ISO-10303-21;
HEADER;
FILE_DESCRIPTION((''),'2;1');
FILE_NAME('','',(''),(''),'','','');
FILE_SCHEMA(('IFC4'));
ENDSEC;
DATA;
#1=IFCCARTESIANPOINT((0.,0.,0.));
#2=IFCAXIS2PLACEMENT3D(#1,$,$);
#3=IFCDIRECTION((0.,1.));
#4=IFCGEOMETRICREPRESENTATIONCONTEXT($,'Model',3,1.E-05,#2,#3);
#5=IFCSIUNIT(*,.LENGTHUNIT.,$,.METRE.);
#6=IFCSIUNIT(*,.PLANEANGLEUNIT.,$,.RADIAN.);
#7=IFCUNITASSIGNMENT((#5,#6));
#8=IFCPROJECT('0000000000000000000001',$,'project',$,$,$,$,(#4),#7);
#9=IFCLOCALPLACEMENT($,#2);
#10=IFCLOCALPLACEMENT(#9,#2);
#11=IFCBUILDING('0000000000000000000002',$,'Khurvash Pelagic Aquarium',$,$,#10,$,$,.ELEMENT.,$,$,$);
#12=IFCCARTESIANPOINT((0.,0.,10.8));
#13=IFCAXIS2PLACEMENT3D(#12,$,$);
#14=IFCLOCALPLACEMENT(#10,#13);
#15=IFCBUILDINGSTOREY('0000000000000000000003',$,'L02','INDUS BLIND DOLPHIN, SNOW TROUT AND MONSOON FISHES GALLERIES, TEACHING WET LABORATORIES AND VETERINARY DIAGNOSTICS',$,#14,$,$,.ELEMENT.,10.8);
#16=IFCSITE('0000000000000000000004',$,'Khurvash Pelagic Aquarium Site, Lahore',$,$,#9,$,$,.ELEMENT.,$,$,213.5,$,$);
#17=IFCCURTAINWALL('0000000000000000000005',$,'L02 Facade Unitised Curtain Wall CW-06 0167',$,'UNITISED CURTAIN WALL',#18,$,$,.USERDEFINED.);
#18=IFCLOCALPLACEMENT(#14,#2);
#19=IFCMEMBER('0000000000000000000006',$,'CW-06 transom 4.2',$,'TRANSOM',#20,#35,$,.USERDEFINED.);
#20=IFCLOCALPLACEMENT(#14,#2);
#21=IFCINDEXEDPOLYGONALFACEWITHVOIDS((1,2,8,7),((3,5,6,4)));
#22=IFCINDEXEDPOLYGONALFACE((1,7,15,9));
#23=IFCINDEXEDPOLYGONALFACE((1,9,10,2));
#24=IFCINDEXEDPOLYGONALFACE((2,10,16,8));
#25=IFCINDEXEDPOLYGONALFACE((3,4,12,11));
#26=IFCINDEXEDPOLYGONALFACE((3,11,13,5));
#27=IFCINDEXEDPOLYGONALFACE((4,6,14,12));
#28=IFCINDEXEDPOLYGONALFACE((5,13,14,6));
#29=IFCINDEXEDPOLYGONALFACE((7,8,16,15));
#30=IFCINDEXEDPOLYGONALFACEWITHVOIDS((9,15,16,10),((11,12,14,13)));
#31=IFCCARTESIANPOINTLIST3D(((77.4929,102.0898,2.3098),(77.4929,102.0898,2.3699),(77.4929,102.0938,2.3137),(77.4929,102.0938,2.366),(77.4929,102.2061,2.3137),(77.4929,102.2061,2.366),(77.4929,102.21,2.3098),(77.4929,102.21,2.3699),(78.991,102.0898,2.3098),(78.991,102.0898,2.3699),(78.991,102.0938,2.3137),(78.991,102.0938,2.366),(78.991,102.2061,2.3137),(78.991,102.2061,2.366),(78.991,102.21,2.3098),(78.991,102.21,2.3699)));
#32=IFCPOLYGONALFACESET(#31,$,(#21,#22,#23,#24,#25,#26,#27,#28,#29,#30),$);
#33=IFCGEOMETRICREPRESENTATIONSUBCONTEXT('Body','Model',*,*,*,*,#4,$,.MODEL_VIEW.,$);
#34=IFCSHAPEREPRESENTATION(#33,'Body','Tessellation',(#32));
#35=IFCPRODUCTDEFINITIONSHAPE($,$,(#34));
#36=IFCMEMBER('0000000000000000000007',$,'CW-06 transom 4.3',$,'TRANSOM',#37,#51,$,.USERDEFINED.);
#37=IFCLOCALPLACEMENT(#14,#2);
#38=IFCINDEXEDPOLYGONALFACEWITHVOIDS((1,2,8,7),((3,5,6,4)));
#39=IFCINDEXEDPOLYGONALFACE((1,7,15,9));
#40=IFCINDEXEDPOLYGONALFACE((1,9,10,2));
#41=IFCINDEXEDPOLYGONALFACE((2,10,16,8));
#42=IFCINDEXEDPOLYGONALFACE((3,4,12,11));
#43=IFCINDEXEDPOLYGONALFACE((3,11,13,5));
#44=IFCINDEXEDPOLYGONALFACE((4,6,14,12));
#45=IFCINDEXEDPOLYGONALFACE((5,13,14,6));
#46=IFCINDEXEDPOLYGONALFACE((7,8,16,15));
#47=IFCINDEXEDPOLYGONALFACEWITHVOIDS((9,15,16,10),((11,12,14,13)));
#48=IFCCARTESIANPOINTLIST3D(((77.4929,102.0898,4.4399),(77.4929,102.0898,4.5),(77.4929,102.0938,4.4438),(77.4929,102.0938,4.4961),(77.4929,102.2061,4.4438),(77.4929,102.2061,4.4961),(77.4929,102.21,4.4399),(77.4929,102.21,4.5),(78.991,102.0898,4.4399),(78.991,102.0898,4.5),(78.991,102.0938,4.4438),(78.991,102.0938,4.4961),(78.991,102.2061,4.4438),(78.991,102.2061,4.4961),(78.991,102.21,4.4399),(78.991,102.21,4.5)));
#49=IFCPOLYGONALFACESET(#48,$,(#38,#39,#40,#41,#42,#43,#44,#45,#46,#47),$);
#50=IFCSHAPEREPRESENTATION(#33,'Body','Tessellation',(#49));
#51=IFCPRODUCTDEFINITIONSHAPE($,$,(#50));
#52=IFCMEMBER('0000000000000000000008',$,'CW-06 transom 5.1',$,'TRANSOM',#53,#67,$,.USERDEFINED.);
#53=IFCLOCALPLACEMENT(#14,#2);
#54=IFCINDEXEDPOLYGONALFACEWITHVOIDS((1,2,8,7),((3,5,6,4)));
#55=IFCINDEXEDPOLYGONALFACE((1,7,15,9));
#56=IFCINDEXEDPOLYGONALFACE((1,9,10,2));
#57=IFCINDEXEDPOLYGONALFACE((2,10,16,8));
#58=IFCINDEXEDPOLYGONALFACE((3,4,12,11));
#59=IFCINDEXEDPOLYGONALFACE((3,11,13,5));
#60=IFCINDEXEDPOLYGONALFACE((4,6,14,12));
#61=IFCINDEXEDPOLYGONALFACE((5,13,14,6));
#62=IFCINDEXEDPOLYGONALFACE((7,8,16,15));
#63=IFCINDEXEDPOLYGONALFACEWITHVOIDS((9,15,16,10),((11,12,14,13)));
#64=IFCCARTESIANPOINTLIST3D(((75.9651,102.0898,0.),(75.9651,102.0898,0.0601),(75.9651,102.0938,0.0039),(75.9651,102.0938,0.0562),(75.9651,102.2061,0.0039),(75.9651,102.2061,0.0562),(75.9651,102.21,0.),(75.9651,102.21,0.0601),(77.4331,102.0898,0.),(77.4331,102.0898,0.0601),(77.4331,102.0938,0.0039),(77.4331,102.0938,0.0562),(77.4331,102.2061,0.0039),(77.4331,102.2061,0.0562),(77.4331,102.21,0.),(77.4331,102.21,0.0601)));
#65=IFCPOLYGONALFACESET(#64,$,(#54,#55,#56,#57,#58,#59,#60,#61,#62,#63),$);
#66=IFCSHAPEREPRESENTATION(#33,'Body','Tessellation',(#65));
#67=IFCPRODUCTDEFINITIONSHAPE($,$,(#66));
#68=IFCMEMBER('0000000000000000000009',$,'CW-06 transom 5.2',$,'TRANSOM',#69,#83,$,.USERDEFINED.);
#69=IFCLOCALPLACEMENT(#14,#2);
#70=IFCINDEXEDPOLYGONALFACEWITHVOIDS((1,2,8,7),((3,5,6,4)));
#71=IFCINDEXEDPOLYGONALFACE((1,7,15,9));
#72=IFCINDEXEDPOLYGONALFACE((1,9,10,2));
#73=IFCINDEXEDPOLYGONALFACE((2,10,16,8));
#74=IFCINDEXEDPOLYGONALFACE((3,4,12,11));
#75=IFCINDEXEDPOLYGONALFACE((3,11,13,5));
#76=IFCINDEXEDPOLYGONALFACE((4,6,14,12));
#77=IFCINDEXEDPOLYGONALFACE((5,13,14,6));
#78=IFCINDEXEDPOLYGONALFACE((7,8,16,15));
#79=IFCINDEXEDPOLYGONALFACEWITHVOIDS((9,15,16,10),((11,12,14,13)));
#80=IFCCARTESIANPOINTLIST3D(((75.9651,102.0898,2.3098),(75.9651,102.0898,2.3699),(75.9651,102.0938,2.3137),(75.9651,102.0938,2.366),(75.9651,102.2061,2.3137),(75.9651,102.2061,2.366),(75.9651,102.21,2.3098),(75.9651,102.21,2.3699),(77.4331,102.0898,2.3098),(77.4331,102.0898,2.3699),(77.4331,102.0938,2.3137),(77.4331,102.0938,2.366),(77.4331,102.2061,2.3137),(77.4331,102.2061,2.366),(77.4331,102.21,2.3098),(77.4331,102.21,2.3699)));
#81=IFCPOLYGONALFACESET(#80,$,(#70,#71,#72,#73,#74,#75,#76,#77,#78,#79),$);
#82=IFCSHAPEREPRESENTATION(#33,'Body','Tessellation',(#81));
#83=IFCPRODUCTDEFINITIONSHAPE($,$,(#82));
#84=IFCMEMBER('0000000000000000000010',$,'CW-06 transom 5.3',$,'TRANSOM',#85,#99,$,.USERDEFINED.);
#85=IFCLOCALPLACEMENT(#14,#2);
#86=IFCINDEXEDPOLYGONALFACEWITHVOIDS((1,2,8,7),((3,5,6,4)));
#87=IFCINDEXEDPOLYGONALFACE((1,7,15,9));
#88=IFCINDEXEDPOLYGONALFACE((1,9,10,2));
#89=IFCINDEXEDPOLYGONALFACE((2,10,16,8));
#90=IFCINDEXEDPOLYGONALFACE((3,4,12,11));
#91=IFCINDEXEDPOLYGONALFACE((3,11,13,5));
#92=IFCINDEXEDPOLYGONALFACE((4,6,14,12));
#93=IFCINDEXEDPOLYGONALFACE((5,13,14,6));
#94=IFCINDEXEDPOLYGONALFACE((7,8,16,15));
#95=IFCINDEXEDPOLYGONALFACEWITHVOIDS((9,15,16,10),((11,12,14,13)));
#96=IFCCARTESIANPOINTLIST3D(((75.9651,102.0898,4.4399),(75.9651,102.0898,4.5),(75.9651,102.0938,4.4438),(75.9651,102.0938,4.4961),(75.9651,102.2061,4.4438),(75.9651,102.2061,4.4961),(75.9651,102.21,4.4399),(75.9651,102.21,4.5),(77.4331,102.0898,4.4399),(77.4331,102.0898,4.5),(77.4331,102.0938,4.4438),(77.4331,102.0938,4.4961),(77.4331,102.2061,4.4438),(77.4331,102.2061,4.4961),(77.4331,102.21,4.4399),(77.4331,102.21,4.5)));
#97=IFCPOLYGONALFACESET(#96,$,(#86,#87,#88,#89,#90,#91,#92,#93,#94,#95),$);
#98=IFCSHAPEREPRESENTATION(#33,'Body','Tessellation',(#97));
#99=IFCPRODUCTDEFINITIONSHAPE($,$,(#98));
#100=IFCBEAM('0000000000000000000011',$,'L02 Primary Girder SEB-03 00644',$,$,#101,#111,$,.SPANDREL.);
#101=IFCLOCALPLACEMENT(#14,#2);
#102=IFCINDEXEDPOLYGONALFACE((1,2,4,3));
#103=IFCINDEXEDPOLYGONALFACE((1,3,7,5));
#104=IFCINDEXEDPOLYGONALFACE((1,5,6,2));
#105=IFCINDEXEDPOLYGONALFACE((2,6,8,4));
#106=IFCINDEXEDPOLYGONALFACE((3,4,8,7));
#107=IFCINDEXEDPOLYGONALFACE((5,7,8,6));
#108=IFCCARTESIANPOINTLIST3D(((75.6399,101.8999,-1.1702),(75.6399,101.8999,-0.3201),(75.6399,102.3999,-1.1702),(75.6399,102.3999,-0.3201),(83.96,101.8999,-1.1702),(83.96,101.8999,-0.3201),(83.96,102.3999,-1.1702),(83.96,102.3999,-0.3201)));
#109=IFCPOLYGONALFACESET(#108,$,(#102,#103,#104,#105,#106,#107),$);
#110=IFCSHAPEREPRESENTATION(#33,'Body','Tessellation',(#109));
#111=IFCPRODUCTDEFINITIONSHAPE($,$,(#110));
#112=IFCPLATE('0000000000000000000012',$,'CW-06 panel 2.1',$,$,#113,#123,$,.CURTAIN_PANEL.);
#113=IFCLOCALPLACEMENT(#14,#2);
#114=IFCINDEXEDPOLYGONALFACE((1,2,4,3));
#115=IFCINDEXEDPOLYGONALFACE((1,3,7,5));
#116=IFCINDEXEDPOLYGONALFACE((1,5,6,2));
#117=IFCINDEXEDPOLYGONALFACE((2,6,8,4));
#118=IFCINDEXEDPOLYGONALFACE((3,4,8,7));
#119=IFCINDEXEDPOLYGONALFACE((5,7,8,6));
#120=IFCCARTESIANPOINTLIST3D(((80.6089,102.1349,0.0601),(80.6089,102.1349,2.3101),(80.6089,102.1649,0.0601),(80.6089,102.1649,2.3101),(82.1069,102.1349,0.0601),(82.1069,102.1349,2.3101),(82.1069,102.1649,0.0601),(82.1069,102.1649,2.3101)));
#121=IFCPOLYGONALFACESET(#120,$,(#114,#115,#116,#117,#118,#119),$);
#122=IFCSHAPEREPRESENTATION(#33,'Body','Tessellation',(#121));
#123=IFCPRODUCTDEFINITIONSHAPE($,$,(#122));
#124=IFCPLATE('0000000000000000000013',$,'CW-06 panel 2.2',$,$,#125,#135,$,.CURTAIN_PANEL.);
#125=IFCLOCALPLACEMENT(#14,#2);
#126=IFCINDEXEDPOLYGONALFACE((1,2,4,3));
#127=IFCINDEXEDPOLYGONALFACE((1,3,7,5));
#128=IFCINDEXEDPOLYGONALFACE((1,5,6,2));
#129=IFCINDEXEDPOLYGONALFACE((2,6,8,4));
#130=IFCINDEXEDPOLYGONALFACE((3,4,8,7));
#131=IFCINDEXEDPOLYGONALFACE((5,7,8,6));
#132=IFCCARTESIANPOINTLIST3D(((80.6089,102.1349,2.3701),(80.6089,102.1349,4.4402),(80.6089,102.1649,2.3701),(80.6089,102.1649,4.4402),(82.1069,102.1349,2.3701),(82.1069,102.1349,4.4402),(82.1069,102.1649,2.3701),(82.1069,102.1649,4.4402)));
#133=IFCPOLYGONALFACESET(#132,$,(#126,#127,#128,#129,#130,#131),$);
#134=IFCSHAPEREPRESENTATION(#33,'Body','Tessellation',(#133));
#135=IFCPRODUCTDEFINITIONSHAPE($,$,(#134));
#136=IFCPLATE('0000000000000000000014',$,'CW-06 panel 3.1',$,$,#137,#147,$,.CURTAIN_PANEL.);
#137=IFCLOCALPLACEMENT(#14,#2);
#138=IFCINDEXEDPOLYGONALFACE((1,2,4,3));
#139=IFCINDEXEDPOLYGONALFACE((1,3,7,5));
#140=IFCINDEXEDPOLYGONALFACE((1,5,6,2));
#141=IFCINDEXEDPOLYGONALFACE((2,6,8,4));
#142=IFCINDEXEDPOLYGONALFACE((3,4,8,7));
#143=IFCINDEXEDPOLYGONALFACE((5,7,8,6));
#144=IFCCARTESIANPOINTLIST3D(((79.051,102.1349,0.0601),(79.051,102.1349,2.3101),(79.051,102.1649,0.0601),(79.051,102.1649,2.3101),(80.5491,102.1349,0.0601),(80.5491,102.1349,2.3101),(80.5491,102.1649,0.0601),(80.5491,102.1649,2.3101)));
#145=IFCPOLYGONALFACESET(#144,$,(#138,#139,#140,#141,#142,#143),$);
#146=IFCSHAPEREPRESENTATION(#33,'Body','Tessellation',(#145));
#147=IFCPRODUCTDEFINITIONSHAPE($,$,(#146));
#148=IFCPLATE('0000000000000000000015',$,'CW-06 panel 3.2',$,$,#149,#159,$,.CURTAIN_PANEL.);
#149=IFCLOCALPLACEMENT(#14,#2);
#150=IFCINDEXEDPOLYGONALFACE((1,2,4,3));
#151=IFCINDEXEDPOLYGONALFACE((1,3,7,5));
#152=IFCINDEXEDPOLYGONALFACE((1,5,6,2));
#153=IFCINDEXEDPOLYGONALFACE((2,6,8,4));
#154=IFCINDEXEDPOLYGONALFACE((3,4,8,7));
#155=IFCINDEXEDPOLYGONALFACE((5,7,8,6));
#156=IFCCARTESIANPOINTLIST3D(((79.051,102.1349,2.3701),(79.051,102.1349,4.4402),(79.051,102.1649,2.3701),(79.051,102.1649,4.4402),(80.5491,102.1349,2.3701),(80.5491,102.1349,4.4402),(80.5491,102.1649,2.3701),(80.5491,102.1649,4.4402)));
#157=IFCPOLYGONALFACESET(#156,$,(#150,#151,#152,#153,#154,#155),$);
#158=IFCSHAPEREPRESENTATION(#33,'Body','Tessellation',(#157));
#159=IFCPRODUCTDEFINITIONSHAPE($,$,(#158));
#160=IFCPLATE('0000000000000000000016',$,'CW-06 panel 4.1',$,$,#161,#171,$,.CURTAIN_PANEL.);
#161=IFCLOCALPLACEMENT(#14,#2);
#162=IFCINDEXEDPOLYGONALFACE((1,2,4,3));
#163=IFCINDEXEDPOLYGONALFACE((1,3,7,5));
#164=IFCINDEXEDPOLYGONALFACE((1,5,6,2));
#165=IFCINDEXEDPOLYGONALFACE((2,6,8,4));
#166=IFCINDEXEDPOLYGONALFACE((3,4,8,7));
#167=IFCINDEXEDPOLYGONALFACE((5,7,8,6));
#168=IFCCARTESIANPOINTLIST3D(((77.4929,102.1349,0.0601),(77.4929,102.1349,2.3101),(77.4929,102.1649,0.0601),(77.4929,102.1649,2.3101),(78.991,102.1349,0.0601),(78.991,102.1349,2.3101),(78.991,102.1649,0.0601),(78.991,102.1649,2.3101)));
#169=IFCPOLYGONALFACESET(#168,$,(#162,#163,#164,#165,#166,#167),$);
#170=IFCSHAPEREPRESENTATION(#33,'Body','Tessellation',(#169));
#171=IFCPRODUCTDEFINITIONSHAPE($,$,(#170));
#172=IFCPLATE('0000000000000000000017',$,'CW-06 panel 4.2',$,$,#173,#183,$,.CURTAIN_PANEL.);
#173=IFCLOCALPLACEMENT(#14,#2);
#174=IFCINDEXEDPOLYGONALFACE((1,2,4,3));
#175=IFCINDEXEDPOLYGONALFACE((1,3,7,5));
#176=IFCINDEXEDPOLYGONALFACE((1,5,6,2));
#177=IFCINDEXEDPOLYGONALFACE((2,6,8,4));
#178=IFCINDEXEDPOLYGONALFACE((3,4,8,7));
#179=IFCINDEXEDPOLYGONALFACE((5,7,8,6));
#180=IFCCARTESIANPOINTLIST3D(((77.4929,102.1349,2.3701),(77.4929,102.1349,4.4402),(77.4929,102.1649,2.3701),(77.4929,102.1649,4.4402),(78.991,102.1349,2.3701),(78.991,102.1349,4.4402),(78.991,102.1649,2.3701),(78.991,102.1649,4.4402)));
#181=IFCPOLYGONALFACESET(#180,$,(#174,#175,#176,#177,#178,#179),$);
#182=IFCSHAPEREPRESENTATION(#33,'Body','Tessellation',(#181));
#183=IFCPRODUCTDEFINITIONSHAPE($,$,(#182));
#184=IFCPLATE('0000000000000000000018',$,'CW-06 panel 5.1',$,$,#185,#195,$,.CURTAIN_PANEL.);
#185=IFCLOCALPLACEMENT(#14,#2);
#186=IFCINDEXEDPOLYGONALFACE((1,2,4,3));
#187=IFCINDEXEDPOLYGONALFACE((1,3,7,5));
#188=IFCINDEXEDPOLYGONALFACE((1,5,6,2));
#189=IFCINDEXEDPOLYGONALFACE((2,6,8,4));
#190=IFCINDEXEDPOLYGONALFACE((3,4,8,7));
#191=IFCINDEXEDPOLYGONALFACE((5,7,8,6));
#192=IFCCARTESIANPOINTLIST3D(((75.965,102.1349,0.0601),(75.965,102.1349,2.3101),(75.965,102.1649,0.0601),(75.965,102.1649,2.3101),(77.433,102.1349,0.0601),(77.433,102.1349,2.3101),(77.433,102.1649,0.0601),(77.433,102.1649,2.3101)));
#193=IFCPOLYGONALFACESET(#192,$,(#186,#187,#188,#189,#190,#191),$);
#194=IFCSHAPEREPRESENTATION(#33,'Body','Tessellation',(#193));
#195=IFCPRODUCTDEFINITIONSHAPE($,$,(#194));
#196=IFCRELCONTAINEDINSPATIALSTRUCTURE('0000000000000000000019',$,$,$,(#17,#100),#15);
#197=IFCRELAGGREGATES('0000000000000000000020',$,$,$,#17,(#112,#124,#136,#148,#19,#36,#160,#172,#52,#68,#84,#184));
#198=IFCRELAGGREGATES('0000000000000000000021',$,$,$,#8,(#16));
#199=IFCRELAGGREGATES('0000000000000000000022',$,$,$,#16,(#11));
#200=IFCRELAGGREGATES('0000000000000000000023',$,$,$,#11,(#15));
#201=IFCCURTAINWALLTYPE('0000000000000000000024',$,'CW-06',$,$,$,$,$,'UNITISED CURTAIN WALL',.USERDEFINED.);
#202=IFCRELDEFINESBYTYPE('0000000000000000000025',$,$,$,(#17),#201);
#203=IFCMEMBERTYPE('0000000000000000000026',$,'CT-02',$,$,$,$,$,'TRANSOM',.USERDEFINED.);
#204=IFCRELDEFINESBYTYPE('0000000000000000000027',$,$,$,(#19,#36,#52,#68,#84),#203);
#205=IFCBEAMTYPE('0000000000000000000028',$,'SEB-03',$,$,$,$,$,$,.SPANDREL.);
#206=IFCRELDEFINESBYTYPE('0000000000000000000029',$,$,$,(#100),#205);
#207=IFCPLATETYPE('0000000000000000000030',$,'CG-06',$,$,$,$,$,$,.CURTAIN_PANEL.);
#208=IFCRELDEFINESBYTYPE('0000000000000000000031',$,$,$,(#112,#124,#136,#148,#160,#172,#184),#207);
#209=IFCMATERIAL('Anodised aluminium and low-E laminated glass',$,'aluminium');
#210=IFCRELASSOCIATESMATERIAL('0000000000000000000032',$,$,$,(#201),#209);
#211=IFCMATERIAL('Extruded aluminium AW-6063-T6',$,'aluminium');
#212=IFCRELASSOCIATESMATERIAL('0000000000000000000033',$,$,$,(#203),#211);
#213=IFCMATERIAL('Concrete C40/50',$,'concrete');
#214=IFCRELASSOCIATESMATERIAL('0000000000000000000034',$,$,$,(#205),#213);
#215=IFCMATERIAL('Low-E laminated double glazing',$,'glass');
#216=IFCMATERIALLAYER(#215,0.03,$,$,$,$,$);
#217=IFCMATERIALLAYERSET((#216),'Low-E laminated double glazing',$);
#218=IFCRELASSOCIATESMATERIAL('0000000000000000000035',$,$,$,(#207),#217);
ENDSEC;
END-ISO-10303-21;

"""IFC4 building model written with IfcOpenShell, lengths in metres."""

from ifc_helpers import new_model, si_unit, direction, frame, origin, origin_2d, place, context, subcontext, project, spatial, rectangle, hollow_rectangle, extrude, material, layer, layer_set, material_profile, profile_set, type_object, element, aggregate, save


model = new_model("IFC4")

# Units and contexts
model_context = context("Model", 3, precision=1e-05, world=origin(), true_north=direction((0.0, 1.0)))
body_context = subcontext(model_context, "Body", "Model", "MODEL_VIEW")
ifc_project = project(units=[si_unit("LENGTHUNIT", "METRE"), si_unit("PLANEANGLEUNIT", "RADIAN")], contexts=[model_context])

# Site, building, storey
site_placement = place(None, origin())
site = spatial("IfcSite", under=ifc_project, at=site_placement, Name="Khurvash Pelagic Aquarium Site, Lahore", CompositionType="ELEMENT", RefElevation=213.5)
building_placement = place(site_placement, origin())
building = spatial("IfcBuilding", under=site, at=building_placement, Name="Khurvash Pelagic Aquarium", CompositionType="ELEMENT")
storey_placement = place(building_placement, frame((0.0, 0.0, 10.8)))
storey = spatial("IfcBuildingStorey", under=building, at=storey_placement, Name="L02", Description="INDUS BLIND DOLPHIN, SNOW TROUT AND MONSOON FISHES GALLERIES, TEACHING WET LABORATORIES AND VETERINARY DIAGNOSTICS", CompositionType="ELEMENT", Elevation=10.8)

# Curtain wall, members
ifc_material_1 = material(Name="Anodised aluminium and low-E laminated glass", Category="aluminium")
curtain_wall_type = type_object("IfcCurtainWallType", Name="CW-06", ElementType="UNITISED CURTAIN WALL", PredefinedType="USERDEFINED", material=ifc_material_1)
curtain_wall_placement = place(storey_placement, origin())
curtain_wall = element("IfcCurtainWall", 1, at=curtain_wall_placement, inside=storey, type_object=curtain_wall_type, Name="L02 Facade Unitised Curtain Wall CW-06 0167", ObjectType="UNITISED CURTAIN WALL", PredefinedType="USERDEFINED")
ifc_material_2 = material(Name="Extruded aluminium AW-6063-T6", Category="aluminium")
ifc_material_profile_1 = material_profile(ifc_material_2, hollow_rectangle(XDim=0.1201, YDim=0.0601, WallThickness=0.0039, at=origin_2d()), Name="CWT120X60X4")
ifc_profile_set_1 = profile_set([ifc_material_profile_1], Name="Extruded aluminium AW-6063-T6")
member_type_1 = type_object("IfcMemberType", Name="CT-02", ElementType="TRANSOM", PredefinedType="USERDEFINED", material=ifc_profile_set_1)
member_1_placement = place(storey_placement, frame((78.991, 102.1499, 2.3398), z_axis=(-1.0, 0.0, 0.0), x_axis=(0.0, -1.0, 0.0)))
member_1 = element("IfcMember", 2, at=member_1_placement, type_object=member_type_1, Name="CW-06 transom 4.2", ObjectType="TRANSOM", PredefinedType="USERDEFINED", context=body_context, shape_type="SweptSolid", body=[
    extrude(hollow_rectangle(XDim=0.1201, YDim=0.0601, WallThickness=0.0039, at=origin_2d()), origin(), (0.0, 0.0, 1.0), 1.498),
])
member_2_placement = place(storey_placement, frame((78.991, 102.1499, 4.47), z_axis=(-1.0, 0.0, 0.0), x_axis=(0.0, -1.0, 0.0)))
member_2 = element("IfcMember", 3, at=member_2_placement, type_object=member_type_1, Name="CW-06 transom 4.3", ObjectType="TRANSOM", PredefinedType="USERDEFINED", context=body_context, shape_type="SweptSolid", body=[
    extrude(hollow_rectangle(XDim=0.1201, YDim=0.0601, WallThickness=0.0039, at=origin_2d()), origin(), (0.0, 0.0, 1.0), 1.498),
])
member_3_placement = place(storey_placement, frame((77.4331, 102.1499, 0.03), z_axis=(-1.0, 0.0, 0.0), x_axis=(0.0, -1.0, 0.0)))
member_3 = element("IfcMember", 4, at=member_3_placement, type_object=member_type_1, Name="CW-06 transom 5.1", ObjectType="TRANSOM", PredefinedType="USERDEFINED", context=body_context, shape_type="SweptSolid", body=[
    extrude(hollow_rectangle(XDim=0.1201, YDim=0.0601, WallThickness=0.0039, at=origin_2d()), origin(), (0.0, 0.0, 1.0), 1.468),
])
member_4_placement = place(storey_placement, frame((77.4331, 102.1499, 2.3398), z_axis=(-1.0, 0.0, 0.0), x_axis=(0.0, -1.0, 0.0)))
member_4 = element("IfcMember", 5, at=member_4_placement, type_object=member_type_1, Name="CW-06 transom 5.2", ObjectType="TRANSOM", PredefinedType="USERDEFINED", context=body_context, shape_type="SweptSolid", body=[
    extrude(hollow_rectangle(XDim=0.1201, YDim=0.0601, WallThickness=0.0039, at=origin_2d()), origin(), (0.0, 0.0, 1.0), 1.468),
])
member_5_placement = place(storey_placement, frame((77.4331, 102.1499, 4.47), z_axis=(-1.0, 0.0, 0.0), x_axis=(0.0, -1.0, 0.0)))
member_5 = element("IfcMember", 6, at=member_5_placement, type_object=member_type_1, Name="CW-06 transom 5.3", ObjectType="TRANSOM", PredefinedType="USERDEFINED", context=body_context, shape_type="SweptSolid", body=[
    extrude(hollow_rectangle(XDim=0.1201, YDim=0.0601, WallThickness=0.0039, at=origin_2d()), origin(), (0.0, 0.0, 1.0), 1.468),
])

# Beam
ifc_material_3 = material(Name="Concrete C40/50", Category="concrete")
ifc_material_profile_2 = material_profile(ifc_material_3, rectangle(XDim=0.5, YDim=0.8501, at=origin_2d()), Name="RC500X850")
ifc_profile_set_2 = profile_set([ifc_material_profile_2], Name="Concrete C40/50")
beam_type = type_object("IfcBeamType", Name="SEB-03", PredefinedType="SPANDREL", material=ifc_profile_set_2)
beam_placement = place(storey_placement, frame((75.6399, 102.1499, -0.7451), z_axis=(1.0, 0.0, 0.0), x_axis=(0.0, 1.0, 0.0)))
element("IfcBeam", 7, at=beam_placement, inside=storey, type_object=beam_type, Name="L02 Primary Girder SEB-03 00644", PredefinedType="SPANDREL", context=body_context, shape_type="SweptSolid", body=[
    extrude(rectangle(XDim=0.5, YDim=0.8501, at=origin_2d()), origin(), (0.0, 0.0, 1.0), 8.3201),
])

# Plates
ifc_material_4 = material(Name="Low-E laminated double glazing", Category="glass")
ifc_layer = layer(ifc_material_4, 0.03)
ifc_layer_set = layer_set([ifc_layer], Name="Low-E laminated double glazing")
plate_type = type_object("IfcPlateType", Name="CG-06", PredefinedType="CURTAIN_PANEL", material=ifc_layer_set)
plate_1_placement = place(storey_placement, frame((81.3579, 102.1499, 0.0601), z_axis=(0.0, 0.0, 1.0), x_axis=(-1.0, 0.0, 0.0)))
plate_1 = element("IfcPlate", 8, at=plate_1_placement, type_object=plate_type, Name="CW-06 panel 2.1", PredefinedType="CURTAIN_PANEL", context=body_context, shape_type="SweptSolid", body=[
    extrude(rectangle(XDim=1.498, YDim=0.03, at=origin_2d()), origin(), (0.0, 0.0, 1.0), 2.25),
])
plate_2_placement = place(storey_placement, frame((81.3579, 102.1499, 2.3701), z_axis=(0.0, 0.0, 1.0), x_axis=(-1.0, 0.0, 0.0)))
plate_2 = element("IfcPlate", 9, at=plate_2_placement, type_object=plate_type, Name="CW-06 panel 2.2", PredefinedType="CURTAIN_PANEL", context=body_context, shape_type="SweptSolid", body=[
    extrude(rectangle(XDim=1.498, YDim=0.03, at=origin_2d()), origin(), (0.0, 0.0, 1.0), 2.0701),
])
plate_3_placement = place(storey_placement, frame((79.8, 102.1499, 0.0601), z_axis=(0.0, 0.0, 1.0), x_axis=(-1.0, 0.0, 0.0)))
plate_3 = element("IfcPlate", 10, at=plate_3_placement, type_object=plate_type, Name="CW-06 panel 3.1", PredefinedType="CURTAIN_PANEL", context=body_context, shape_type="SweptSolid", body=[
    extrude(rectangle(XDim=1.498, YDim=0.03, at=origin_2d()), origin(), (0.0, 0.0, 1.0), 2.25),
])
plate_4_placement = place(storey_placement, frame((79.8, 102.1499, 2.3701), z_axis=(0.0, 0.0, 1.0), x_axis=(-1.0, 0.0, 0.0)))
plate_4 = element("IfcPlate", 11, at=plate_4_placement, type_object=plate_type, Name="CW-06 panel 3.2", PredefinedType="CURTAIN_PANEL", context=body_context, shape_type="SweptSolid", body=[
    extrude(rectangle(XDim=1.498, YDim=0.03, at=origin_2d()), origin(), (0.0, 0.0, 1.0), 2.0701),
])
plate_5_placement = place(storey_placement, frame((78.2419, 102.1499, 0.0601), z_axis=(0.0, 0.0, 1.0), x_axis=(-1.0, 0.0, 0.0)))
plate_5 = element("IfcPlate", 12, at=plate_5_placement, type_object=plate_type, Name="CW-06 panel 4.1", PredefinedType="CURTAIN_PANEL", context=body_context, shape_type="SweptSolid", body=[
    extrude(rectangle(XDim=1.498, YDim=0.03, at=origin_2d()), origin(), (0.0, 0.0, 1.0), 2.25),
])
plate_6_placement = place(storey_placement, frame((78.2419, 102.1499, 2.3701), z_axis=(0.0, 0.0, 1.0), x_axis=(-1.0, 0.0, 0.0)))
plate_6 = element("IfcPlate", 13, at=plate_6_placement, type_object=plate_type, Name="CW-06 panel 4.2", PredefinedType="CURTAIN_PANEL", context=body_context, shape_type="SweptSolid", body=[
    extrude(rectangle(XDim=1.498, YDim=0.03, at=origin_2d()), origin(), (0.0, 0.0, 1.0), 2.0701),
])
plate_7_placement = place(storey_placement, frame((76.699, 102.1499, 0.0601), z_axis=(0.0, 0.0, 1.0), x_axis=(-1.0, 0.0, 0.0)))
plate_7 = element("IfcPlate", 14, at=plate_7_placement, type_object=plate_type, Name="CW-06 panel 5.1", PredefinedType="CURTAIN_PANEL", context=body_context, shape_type="SweptSolid", body=[
    extrude(rectangle(XDim=1.468, YDim=0.03, at=origin_2d()), origin(), (0.0, 0.0, 1.0), 2.25),
])
aggregate(curtain_wall, [plate_1, plate_2, plate_3, plate_4, member_1, member_2, plate_5, plate_6, member_3, member_4, member_5, plate_7])

save(model, "model.ifc")
